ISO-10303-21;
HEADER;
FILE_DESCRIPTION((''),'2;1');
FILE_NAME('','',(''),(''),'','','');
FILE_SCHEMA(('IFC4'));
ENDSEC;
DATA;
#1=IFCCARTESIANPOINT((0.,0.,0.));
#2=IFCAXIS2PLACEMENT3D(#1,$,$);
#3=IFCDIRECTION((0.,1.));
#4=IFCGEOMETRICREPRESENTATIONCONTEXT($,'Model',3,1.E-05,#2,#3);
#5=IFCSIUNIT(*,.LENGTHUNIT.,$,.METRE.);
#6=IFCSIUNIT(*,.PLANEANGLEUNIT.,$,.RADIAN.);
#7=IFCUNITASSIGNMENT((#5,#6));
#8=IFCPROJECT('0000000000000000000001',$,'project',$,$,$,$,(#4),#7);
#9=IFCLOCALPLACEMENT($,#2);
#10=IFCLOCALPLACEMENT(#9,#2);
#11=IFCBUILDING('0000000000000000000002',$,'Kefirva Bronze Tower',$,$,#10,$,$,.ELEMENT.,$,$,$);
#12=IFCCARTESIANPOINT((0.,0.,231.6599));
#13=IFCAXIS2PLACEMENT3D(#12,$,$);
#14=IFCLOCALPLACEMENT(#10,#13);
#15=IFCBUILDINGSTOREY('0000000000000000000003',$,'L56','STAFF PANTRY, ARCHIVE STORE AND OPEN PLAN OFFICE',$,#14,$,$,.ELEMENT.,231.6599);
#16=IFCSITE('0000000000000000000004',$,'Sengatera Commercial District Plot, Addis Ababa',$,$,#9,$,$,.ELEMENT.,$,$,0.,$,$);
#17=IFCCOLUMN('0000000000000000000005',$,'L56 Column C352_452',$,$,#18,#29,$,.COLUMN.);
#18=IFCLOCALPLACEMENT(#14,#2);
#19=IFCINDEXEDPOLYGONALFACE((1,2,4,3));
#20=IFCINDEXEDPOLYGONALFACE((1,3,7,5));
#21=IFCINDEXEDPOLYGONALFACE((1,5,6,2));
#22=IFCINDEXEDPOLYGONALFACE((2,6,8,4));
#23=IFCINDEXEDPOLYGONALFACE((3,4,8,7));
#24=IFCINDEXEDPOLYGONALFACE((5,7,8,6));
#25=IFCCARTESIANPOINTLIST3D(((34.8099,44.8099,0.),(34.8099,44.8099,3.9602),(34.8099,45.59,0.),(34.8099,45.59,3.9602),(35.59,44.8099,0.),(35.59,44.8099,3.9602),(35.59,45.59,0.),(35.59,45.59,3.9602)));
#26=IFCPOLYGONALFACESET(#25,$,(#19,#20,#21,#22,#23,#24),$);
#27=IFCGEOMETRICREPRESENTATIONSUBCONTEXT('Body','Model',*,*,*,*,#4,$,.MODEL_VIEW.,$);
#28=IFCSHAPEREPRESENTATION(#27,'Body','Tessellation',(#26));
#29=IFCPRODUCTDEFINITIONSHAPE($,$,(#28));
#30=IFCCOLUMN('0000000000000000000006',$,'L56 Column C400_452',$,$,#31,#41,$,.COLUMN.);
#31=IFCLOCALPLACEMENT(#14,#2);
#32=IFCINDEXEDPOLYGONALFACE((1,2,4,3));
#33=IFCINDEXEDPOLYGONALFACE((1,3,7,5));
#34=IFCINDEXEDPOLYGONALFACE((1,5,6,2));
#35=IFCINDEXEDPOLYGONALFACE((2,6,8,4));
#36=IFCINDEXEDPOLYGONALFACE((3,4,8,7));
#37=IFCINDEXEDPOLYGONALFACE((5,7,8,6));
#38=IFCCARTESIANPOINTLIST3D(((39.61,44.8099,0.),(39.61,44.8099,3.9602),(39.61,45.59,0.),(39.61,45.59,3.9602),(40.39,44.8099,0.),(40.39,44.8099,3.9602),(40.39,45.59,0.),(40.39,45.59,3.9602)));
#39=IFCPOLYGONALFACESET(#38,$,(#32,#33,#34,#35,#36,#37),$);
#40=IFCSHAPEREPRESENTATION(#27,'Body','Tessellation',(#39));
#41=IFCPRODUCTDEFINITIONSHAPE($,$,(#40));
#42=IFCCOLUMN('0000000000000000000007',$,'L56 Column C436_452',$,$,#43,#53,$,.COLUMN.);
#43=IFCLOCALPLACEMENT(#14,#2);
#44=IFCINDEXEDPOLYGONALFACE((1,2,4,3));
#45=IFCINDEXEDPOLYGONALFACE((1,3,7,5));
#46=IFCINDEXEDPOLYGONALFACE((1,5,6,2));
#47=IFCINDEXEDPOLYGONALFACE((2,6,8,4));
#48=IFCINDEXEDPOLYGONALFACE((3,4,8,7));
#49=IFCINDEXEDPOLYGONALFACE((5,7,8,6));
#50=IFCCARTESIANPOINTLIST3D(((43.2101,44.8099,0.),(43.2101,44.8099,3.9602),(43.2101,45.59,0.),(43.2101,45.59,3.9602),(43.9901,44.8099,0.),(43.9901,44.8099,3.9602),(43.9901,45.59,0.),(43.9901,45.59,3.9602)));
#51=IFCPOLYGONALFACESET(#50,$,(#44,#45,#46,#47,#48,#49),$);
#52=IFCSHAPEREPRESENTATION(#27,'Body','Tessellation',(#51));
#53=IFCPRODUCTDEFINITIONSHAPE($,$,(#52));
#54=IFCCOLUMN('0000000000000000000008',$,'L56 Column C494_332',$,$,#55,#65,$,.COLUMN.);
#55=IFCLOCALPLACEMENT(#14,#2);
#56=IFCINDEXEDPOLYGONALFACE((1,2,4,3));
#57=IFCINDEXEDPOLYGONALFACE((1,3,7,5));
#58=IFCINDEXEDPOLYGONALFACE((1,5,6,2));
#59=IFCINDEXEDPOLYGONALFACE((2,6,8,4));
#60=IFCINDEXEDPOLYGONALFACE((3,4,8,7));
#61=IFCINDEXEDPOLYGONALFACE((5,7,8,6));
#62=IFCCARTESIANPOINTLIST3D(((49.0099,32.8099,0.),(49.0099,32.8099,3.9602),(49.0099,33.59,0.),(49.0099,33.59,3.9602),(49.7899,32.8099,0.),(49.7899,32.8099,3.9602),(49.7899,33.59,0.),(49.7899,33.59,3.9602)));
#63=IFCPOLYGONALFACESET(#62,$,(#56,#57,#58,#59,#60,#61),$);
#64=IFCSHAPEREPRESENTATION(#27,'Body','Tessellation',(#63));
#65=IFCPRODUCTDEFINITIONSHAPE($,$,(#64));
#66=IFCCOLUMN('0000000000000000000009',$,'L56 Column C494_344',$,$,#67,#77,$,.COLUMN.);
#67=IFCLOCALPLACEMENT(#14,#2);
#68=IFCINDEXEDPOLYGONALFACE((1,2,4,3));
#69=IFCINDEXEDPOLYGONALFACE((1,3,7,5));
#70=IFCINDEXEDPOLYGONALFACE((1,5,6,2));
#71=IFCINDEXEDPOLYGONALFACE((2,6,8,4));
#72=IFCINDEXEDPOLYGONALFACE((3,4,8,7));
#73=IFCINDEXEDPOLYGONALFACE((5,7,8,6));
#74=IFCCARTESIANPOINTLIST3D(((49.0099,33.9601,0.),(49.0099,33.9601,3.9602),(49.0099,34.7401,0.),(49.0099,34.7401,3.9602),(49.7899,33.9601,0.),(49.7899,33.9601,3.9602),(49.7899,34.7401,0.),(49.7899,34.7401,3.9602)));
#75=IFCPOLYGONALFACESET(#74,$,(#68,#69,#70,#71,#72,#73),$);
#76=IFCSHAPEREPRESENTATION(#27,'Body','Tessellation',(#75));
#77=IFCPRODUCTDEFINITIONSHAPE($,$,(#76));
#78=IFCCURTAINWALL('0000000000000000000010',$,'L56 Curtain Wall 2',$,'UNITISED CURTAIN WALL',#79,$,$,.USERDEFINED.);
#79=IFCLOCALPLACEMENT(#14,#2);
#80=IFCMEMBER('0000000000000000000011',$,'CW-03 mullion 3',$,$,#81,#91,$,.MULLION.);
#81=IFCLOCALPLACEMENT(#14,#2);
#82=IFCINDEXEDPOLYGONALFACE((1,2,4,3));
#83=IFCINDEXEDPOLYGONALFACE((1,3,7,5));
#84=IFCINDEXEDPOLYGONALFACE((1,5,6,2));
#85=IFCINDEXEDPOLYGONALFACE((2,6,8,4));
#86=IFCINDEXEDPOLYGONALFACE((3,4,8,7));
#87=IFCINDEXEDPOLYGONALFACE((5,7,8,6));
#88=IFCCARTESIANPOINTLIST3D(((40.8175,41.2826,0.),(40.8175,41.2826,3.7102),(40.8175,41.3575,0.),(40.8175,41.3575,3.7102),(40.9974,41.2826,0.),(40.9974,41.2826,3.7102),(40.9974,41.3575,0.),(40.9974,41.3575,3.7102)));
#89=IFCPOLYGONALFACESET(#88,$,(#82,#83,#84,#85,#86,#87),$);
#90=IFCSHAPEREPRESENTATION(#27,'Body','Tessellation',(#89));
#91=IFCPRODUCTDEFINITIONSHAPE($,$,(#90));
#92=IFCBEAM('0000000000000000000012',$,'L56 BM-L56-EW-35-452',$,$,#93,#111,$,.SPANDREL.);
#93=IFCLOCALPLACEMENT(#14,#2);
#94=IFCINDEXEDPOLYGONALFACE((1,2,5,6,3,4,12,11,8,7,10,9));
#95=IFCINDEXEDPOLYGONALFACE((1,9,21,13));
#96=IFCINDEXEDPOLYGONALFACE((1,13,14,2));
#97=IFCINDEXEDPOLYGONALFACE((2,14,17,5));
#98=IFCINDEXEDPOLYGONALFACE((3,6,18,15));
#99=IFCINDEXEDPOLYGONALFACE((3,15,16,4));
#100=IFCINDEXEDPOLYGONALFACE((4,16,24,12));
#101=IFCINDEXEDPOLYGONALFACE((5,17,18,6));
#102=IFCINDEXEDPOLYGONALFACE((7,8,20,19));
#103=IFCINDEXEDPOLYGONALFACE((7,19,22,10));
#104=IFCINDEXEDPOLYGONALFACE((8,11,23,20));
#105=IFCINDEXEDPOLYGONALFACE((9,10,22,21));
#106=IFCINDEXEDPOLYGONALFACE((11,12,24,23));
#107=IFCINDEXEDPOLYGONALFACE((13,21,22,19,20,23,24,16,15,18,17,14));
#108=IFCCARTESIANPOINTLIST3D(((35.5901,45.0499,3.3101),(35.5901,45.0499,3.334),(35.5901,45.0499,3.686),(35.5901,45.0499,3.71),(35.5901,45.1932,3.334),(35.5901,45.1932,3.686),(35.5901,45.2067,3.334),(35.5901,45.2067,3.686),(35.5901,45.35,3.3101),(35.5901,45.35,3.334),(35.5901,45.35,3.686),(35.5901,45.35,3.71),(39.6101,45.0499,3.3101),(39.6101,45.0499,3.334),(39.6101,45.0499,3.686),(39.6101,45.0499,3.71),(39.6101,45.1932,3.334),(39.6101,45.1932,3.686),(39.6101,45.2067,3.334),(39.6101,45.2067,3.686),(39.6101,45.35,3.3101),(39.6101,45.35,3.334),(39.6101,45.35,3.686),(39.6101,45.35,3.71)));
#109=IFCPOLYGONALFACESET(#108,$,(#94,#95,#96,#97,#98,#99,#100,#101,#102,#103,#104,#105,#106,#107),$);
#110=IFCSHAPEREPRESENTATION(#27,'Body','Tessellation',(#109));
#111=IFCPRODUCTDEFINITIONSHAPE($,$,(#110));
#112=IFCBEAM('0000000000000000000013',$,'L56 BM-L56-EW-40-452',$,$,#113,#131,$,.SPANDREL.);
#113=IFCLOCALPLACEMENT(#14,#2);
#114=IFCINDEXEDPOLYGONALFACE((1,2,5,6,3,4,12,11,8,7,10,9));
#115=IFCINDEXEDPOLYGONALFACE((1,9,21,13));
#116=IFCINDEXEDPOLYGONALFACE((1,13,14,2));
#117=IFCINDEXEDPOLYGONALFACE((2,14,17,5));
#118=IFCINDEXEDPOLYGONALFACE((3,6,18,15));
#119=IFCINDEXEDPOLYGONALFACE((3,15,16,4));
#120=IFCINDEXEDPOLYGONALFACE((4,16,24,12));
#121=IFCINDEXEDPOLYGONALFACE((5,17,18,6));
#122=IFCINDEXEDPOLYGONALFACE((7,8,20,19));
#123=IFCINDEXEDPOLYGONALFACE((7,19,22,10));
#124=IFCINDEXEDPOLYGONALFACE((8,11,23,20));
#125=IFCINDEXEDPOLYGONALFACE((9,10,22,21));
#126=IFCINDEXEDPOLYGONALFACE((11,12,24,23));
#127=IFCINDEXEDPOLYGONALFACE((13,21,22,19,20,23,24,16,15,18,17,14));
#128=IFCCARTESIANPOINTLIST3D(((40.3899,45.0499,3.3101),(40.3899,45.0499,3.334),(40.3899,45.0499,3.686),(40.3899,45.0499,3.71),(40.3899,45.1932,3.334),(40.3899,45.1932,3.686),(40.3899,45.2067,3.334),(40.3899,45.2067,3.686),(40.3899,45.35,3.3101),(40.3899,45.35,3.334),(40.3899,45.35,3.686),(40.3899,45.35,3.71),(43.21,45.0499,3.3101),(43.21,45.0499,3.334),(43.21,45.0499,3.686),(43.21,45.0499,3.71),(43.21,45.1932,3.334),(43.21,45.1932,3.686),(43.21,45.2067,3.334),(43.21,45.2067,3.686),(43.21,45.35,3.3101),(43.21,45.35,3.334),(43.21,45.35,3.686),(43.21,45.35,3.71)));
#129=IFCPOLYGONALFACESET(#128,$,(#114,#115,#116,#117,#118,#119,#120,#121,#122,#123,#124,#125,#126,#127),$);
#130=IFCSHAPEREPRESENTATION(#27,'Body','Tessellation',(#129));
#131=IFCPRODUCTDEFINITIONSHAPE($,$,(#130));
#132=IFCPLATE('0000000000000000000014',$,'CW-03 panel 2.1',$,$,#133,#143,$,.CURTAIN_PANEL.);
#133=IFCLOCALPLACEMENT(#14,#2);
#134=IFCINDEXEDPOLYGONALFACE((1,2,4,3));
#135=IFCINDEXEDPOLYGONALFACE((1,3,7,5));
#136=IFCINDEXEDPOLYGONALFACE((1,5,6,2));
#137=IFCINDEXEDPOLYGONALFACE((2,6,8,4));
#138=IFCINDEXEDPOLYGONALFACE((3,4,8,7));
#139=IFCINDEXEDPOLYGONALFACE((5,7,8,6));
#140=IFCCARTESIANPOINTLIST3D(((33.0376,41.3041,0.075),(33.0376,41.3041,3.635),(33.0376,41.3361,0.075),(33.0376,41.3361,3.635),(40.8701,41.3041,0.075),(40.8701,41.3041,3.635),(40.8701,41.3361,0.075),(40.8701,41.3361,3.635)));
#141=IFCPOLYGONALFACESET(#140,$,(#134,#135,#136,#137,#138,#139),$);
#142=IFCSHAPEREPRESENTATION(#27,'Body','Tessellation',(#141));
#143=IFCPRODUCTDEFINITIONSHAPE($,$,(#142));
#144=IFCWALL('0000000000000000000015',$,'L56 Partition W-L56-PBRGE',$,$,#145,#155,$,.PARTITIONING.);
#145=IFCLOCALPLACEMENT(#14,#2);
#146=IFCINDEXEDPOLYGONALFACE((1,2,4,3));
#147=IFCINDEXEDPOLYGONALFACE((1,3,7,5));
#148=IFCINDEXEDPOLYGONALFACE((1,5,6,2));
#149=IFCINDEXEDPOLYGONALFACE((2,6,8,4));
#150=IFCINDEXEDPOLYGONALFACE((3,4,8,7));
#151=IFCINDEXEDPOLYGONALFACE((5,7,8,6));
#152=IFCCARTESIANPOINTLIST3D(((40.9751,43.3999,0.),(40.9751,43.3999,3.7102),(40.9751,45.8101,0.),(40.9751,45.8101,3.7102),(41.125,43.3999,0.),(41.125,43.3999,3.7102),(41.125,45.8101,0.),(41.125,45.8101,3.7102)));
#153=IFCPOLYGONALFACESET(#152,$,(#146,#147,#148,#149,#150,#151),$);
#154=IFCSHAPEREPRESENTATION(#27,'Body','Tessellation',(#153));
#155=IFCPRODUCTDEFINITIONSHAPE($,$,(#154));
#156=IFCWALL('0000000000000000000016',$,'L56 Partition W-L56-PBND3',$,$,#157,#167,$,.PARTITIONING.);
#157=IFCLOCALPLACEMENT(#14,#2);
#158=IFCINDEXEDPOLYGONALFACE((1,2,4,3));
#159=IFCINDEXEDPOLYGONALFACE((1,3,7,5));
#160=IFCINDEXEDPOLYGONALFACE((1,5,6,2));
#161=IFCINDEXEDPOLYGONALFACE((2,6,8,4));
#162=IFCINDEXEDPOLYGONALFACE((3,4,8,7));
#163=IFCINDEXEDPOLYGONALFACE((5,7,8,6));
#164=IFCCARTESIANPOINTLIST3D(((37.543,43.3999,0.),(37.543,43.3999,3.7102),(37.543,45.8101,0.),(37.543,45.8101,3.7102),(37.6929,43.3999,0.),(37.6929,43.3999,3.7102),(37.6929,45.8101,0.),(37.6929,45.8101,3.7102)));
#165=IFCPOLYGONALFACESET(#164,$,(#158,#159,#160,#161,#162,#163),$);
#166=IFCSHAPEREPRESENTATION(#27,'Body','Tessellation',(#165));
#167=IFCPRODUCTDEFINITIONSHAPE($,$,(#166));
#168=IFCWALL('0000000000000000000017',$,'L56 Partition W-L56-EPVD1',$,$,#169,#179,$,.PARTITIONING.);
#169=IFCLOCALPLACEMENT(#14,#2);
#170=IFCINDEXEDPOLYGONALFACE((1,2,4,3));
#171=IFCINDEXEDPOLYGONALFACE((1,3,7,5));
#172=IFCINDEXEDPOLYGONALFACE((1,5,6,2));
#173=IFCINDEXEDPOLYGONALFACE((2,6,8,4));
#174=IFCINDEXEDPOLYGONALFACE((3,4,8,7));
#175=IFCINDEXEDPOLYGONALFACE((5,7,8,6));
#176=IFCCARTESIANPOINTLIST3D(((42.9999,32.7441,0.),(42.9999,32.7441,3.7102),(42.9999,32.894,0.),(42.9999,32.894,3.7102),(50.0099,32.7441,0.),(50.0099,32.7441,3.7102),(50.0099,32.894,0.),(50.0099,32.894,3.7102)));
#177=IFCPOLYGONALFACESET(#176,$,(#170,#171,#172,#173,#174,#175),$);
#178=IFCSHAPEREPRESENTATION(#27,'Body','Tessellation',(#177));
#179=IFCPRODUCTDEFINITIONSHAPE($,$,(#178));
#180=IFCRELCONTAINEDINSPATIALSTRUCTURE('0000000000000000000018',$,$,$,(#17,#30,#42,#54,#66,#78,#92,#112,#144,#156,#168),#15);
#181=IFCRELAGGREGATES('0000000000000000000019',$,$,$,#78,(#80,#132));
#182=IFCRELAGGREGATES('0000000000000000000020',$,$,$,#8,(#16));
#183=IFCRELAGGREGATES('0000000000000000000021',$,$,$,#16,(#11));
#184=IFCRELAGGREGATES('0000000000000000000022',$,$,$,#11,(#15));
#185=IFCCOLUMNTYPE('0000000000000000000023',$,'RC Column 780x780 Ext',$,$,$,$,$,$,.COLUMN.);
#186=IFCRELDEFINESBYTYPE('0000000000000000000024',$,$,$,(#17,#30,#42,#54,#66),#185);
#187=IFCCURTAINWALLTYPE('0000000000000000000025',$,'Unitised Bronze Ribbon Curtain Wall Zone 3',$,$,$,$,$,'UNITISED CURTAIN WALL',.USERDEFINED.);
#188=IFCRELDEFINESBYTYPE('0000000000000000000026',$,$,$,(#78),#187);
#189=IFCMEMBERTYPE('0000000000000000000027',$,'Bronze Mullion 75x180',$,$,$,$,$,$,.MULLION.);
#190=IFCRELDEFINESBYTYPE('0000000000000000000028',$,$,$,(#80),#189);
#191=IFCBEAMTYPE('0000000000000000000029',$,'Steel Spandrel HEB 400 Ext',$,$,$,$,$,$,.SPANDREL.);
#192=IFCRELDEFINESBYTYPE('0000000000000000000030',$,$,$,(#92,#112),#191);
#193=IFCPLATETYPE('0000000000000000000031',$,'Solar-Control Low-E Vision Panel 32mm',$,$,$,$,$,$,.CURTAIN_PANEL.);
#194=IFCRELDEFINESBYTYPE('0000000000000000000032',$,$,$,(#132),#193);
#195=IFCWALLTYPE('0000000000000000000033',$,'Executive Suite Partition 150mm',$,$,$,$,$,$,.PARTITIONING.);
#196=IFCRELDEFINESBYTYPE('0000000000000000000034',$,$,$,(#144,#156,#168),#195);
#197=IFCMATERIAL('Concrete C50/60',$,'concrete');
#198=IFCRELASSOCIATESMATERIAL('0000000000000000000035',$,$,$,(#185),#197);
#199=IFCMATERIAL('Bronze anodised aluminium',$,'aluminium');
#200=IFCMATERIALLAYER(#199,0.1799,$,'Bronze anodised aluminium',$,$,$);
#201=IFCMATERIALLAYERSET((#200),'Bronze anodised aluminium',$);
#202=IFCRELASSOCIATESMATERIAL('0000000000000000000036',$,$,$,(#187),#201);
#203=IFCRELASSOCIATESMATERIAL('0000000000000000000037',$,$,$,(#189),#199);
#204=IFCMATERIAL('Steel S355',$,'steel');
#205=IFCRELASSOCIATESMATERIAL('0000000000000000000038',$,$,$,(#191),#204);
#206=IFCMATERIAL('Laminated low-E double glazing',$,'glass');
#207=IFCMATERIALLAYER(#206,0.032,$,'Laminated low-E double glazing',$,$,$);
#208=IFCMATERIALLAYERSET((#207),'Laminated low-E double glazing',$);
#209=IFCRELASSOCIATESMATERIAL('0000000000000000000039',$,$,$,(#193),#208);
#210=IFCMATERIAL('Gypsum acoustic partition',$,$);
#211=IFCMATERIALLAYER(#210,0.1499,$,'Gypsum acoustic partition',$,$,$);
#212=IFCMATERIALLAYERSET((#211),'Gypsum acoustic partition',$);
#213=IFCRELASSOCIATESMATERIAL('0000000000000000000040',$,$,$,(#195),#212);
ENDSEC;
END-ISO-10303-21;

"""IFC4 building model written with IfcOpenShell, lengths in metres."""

from ifc_helpers import new_model, si_unit, direction, frame, frame_2d, origin, origin_2d, place, context, subcontext, project, spatial, rectangle, i_section, extrude, material, layer, layer_set, material_profile, profile_set, type_object, element, aggregate, save


model = new_model("IFC4")

# Units and contexts
model_context = context("Model", 3, precision=1e-05, world=origin(), true_north=direction((0.0, 1.0)))
body_context = subcontext(model_context, "Body", "Model", "MODEL_VIEW")
ifc_project = project(units=[si_unit("LENGTHUNIT", "METRE"), si_unit("PLANEANGLEUNIT", "RADIAN")], contexts=[model_context])

# Site, building, storey
site_placement = place(None, origin())
site = spatial("IfcSite", under=ifc_project, at=site_placement, Name="Sengatera Commercial District Plot, Addis Ababa", CompositionType="ELEMENT", RefElevation=0.0)
building_placement = place(site_placement, origin())
building = spatial("IfcBuilding", under=site, at=building_placement, Name="Kefirva Bronze Tower", CompositionType="ELEMENT")
storey_placement = place(building_placement, frame((0.0, 0.0, 231.6599)))
storey = spatial("IfcBuildingStorey", under=building, at=storey_placement, Name="L56", Description="STAFF PANTRY, ARCHIVE STORE AND OPEN PLAN OFFICE", CompositionType="ELEMENT", Elevation=231.6599)

# Columns
ifc_material_1 = material(Name="Concrete C50/60", Category="concrete")
ifc_material_profile_1 = material_profile(ifc_material_1, rectangle(XDim=0.78, YDim=0.78, at=origin_2d()), Name="RC 780x780")
ifc_profile_set_1 = profile_set([ifc_material_profile_1], Name="Concrete C50/60")
column_type = type_object("IfcColumnType", Name="RC Column 780x780 Ext", PredefinedType="COLUMN", material=ifc_profile_set_1)
for number, where, z_axis, x_axis, name in (
    (1, (35.2, 45.2, 0.0), (0.0, 0.0, 1.0), (1.0, 0.0, 0.0), "L56 Column C352_452"),
    (2, (40.0, 45.2, 0.0), (0.0, 0.0, 1.0), (1.0, 0.0, 0.0), "L56 Column C400_452"),
    (3, (43.6001, 45.2, 0.0), (0.0, 0.0, 1.0), (1.0, 0.0, 0.0), "L56 Column C436_452"),
    (4, (49.3999, 33.2, 0.0), (0.0, 0.0, 1.0), (1.0, 0.0, 0.0), "L56 Column C494_332"),
    (5, (49.3999, 34.3501, 0.0), (0.0, 0.0, 1.0), (1.0, 0.0, 0.0), "L56 Column C494_344"),
):
    element("IfcColumn", number, at=place(storey_placement, frame(where, z_axis=z_axis, x_axis=x_axis)), inside=storey, type_object=column_type, Name=name, PredefinedType="COLUMN", context=body_context, shape_type="SweptSolid", body=[
        extrude(rectangle(XDim=0.78, YDim=0.78, at=origin_2d()), origin(), (0.0, 0.0, 1.0), 3.9602),
    ])

# Curtain wall, member
ifc_material_2 = material(Name="Bronze anodised aluminium", Category="aluminium")
ifc_layer_1 = layer(ifc_material_2, 0.1799, Name="Bronze anodised aluminium")
ifc_layer_set_1 = layer_set([ifc_layer_1], Name="Bronze anodised aluminium")
curtain_wall_type = type_object("IfcCurtainWallType", Name="Unitised Bronze Ribbon Curtain Wall Zone 3", ElementType="UNITISED CURTAIN WALL", PredefinedType="USERDEFINED", material=ifc_layer_set_1)
curtain_wall_placement = place(storey_placement, origin())
curtain_wall = element("IfcCurtainWall", 6, at=curtain_wall_placement, inside=storey, type_object=curtain_wall_type, Name="L56 Curtain Wall 2", ObjectType="UNITISED CURTAIN WALL", PredefinedType="USERDEFINED")
ifc_material_profile_2 = material_profile(ifc_material_2, rectangle(XDim=0.075, YDim=0.1799, at=origin_2d()), Name="ALU 75x180")
ifc_profile_set_2 = profile_set([ifc_material_profile_2], Name="Bronze anodised aluminium")
member_type = type_object("IfcMemberType", Name="Bronze Mullion 75x180", PredefinedType="MULLION", material=ifc_profile_set_2)
member_placement = place(storey_placement, frame((40.9075, 41.3201, 0.0), z_axis=(0.0, 0.0, 1.0), x_axis=(0.0, 1.0, 0.0)))
member = element("IfcMember", 7, at=member_placement, type_object=member_type, Name="CW-03 mullion 3", PredefinedType="MULLION", context=body_context, shape_type="SweptSolid", body=[
    extrude(rectangle(XDim=0.075, YDim=0.1799, at=origin_2d()), origin(), (0.0, 0.0, 1.0), 3.7102),
])

# Beams
ifc_material_3 = material(Name="Steel S355", Category="steel")
ifc_material_profile_3 = material_profile(ifc_material_3, i_section(OverallWidth=0.3, OverallDepth=0.3999, WebThickness=0.0134, FlangeThickness=0.0239, at=origin_2d()), Name="HEB 400")
ifc_profile_set_3 = profile_set([ifc_material_profile_3], Name="Steel S355")
beam_type = type_object("IfcBeamType", Name="Steel Spandrel HEB 400 Ext", PredefinedType="SPANDREL", material=ifc_profile_set_3)
beam_1_placement = place(storey_placement, frame((35.5901, 45.2, 3.51), z_axis=(1.0, 0.0, 0.0), x_axis=(0.0, 1.0, 0.0)))
element("IfcBeam", 8, at=beam_1_placement, inside=storey, type_object=beam_type, Name="L56 BM-L56-EW-35-452", PredefinedType="SPANDREL", context=body_context, shape_type="SweptSolid", body=[
    extrude(i_section(OverallWidth=0.3, OverallDepth=0.3999, WebThickness=0.0134, FlangeThickness=0.0239, at=origin_2d()), origin(), (0.0, 0.0, 1.0), 4.02),
])
beam_2_placement = place(storey_placement, frame((40.3899, 45.2, 3.51), z_axis=(1.0, 0.0, 0.0), x_axis=(0.0, 1.0, 0.0)))
element("IfcBeam", 9, at=beam_2_placement, inside=storey, type_object=beam_type, Name="L56 BM-L56-EW-40-452", PredefinedType="SPANDREL", context=body_context, shape_type="SweptSolid", body=[
    extrude(i_section(OverallWidth=0.3, OverallDepth=0.3999, WebThickness=0.0134, FlangeThickness=0.0239, at=origin_2d()), origin(), (0.0, 0.0, 1.0), 2.8201),
])

# Plate
ifc_material_4 = material(Name="Laminated low-E double glazing", Category="glass")
ifc_layer_2 = layer(ifc_material_4, 0.032, Name="Laminated low-E double glazing")
ifc_layer_set_2 = layer_set([ifc_layer_2], Name="Laminated low-E double glazing")
plate_type = type_object("IfcPlateType", Name="Solar-Control Low-E Vision Panel 32mm", PredefinedType="CURTAIN_PANEL", material=ifc_layer_set_2)
plate_placement = place(storey_placement, frame((36.9539, 41.3201, 0.075), z_axis=(0.0, 0.0, 1.0), x_axis=(1.0, 0.0, 0.0)))
plate = element("IfcPlate", 10, at=plate_placement, type_object=plate_type, Name="CW-03 panel 2.1", PredefinedType="CURTAIN_PANEL", context=body_context, shape_type="SweptSolid", body=[
    extrude(rectangle(XDim=7.8325, YDim=0.032, at=origin_2d()), origin(), (0.0, 0.0, 1.0), 3.5601),
])
aggregate(curtain_wall, [member, plate])

# Walls
ifc_material_5 = material(Name="Gypsum acoustic partition")
ifc_layer_3 = layer(ifc_material_5, 0.1499, Name="Gypsum acoustic partition")
ifc_layer_set_3 = layer_set([ifc_layer_3], Name="Gypsum acoustic partition")
wall_type_1 = type_object("IfcWallType", Name="Executive Suite Partition 150mm", PredefinedType="PARTITIONING", material=ifc_layer_set_3)
for number, where, z_axis, x_axis, name in (
    (11, (41.05, 43.3999, 0.0), (0.0, 0.0, 1.0), (0.0, 1.0, 0.0), "L56 Partition W-L56-PBRGE"),
    (12, (37.6179, 43.3999, 0.0), (0.0, 0.0, 1.0), (0.0, 1.0, 0.0), "L56 Partition W-L56-PBND3"),
):
    element("IfcWall", number, at=place(storey_placement, frame(where, z_axis=z_axis, x_axis=x_axis)), inside=storey, type_object=wall_type_1, Name=name, PredefinedType="PARTITIONING", context=body_context, shape_type="SweptSolid", body=[
        extrude(rectangle(XDim=2.4102, YDim=0.1499, at=frame_2d((1.2051, 0.0))), origin(), (0.0, 0.0, 1.0), 3.7102),
    ])
wall_1_placement = place(storey_placement, frame((43.0, 32.8191, 0.0), z_axis=(0.0, 0.0, 1.0), x_axis=(1.0, 0.0, 0.0)))
element("IfcWall", 13, at=wall_1_placement, inside=storey, type_object=wall_type_1, Name="L56 Partition W-L56-EPVD1", PredefinedType="PARTITIONING", context=body_context, shape_type="SweptSolid", body=[
    extrude(rectangle(XDim=7.01, YDim=0.1499, at=frame_2d((3.5049, 0.0))), origin(), (0.0, 0.0, 1.0), 3.7102),
])

save(model, "model.ifc")
